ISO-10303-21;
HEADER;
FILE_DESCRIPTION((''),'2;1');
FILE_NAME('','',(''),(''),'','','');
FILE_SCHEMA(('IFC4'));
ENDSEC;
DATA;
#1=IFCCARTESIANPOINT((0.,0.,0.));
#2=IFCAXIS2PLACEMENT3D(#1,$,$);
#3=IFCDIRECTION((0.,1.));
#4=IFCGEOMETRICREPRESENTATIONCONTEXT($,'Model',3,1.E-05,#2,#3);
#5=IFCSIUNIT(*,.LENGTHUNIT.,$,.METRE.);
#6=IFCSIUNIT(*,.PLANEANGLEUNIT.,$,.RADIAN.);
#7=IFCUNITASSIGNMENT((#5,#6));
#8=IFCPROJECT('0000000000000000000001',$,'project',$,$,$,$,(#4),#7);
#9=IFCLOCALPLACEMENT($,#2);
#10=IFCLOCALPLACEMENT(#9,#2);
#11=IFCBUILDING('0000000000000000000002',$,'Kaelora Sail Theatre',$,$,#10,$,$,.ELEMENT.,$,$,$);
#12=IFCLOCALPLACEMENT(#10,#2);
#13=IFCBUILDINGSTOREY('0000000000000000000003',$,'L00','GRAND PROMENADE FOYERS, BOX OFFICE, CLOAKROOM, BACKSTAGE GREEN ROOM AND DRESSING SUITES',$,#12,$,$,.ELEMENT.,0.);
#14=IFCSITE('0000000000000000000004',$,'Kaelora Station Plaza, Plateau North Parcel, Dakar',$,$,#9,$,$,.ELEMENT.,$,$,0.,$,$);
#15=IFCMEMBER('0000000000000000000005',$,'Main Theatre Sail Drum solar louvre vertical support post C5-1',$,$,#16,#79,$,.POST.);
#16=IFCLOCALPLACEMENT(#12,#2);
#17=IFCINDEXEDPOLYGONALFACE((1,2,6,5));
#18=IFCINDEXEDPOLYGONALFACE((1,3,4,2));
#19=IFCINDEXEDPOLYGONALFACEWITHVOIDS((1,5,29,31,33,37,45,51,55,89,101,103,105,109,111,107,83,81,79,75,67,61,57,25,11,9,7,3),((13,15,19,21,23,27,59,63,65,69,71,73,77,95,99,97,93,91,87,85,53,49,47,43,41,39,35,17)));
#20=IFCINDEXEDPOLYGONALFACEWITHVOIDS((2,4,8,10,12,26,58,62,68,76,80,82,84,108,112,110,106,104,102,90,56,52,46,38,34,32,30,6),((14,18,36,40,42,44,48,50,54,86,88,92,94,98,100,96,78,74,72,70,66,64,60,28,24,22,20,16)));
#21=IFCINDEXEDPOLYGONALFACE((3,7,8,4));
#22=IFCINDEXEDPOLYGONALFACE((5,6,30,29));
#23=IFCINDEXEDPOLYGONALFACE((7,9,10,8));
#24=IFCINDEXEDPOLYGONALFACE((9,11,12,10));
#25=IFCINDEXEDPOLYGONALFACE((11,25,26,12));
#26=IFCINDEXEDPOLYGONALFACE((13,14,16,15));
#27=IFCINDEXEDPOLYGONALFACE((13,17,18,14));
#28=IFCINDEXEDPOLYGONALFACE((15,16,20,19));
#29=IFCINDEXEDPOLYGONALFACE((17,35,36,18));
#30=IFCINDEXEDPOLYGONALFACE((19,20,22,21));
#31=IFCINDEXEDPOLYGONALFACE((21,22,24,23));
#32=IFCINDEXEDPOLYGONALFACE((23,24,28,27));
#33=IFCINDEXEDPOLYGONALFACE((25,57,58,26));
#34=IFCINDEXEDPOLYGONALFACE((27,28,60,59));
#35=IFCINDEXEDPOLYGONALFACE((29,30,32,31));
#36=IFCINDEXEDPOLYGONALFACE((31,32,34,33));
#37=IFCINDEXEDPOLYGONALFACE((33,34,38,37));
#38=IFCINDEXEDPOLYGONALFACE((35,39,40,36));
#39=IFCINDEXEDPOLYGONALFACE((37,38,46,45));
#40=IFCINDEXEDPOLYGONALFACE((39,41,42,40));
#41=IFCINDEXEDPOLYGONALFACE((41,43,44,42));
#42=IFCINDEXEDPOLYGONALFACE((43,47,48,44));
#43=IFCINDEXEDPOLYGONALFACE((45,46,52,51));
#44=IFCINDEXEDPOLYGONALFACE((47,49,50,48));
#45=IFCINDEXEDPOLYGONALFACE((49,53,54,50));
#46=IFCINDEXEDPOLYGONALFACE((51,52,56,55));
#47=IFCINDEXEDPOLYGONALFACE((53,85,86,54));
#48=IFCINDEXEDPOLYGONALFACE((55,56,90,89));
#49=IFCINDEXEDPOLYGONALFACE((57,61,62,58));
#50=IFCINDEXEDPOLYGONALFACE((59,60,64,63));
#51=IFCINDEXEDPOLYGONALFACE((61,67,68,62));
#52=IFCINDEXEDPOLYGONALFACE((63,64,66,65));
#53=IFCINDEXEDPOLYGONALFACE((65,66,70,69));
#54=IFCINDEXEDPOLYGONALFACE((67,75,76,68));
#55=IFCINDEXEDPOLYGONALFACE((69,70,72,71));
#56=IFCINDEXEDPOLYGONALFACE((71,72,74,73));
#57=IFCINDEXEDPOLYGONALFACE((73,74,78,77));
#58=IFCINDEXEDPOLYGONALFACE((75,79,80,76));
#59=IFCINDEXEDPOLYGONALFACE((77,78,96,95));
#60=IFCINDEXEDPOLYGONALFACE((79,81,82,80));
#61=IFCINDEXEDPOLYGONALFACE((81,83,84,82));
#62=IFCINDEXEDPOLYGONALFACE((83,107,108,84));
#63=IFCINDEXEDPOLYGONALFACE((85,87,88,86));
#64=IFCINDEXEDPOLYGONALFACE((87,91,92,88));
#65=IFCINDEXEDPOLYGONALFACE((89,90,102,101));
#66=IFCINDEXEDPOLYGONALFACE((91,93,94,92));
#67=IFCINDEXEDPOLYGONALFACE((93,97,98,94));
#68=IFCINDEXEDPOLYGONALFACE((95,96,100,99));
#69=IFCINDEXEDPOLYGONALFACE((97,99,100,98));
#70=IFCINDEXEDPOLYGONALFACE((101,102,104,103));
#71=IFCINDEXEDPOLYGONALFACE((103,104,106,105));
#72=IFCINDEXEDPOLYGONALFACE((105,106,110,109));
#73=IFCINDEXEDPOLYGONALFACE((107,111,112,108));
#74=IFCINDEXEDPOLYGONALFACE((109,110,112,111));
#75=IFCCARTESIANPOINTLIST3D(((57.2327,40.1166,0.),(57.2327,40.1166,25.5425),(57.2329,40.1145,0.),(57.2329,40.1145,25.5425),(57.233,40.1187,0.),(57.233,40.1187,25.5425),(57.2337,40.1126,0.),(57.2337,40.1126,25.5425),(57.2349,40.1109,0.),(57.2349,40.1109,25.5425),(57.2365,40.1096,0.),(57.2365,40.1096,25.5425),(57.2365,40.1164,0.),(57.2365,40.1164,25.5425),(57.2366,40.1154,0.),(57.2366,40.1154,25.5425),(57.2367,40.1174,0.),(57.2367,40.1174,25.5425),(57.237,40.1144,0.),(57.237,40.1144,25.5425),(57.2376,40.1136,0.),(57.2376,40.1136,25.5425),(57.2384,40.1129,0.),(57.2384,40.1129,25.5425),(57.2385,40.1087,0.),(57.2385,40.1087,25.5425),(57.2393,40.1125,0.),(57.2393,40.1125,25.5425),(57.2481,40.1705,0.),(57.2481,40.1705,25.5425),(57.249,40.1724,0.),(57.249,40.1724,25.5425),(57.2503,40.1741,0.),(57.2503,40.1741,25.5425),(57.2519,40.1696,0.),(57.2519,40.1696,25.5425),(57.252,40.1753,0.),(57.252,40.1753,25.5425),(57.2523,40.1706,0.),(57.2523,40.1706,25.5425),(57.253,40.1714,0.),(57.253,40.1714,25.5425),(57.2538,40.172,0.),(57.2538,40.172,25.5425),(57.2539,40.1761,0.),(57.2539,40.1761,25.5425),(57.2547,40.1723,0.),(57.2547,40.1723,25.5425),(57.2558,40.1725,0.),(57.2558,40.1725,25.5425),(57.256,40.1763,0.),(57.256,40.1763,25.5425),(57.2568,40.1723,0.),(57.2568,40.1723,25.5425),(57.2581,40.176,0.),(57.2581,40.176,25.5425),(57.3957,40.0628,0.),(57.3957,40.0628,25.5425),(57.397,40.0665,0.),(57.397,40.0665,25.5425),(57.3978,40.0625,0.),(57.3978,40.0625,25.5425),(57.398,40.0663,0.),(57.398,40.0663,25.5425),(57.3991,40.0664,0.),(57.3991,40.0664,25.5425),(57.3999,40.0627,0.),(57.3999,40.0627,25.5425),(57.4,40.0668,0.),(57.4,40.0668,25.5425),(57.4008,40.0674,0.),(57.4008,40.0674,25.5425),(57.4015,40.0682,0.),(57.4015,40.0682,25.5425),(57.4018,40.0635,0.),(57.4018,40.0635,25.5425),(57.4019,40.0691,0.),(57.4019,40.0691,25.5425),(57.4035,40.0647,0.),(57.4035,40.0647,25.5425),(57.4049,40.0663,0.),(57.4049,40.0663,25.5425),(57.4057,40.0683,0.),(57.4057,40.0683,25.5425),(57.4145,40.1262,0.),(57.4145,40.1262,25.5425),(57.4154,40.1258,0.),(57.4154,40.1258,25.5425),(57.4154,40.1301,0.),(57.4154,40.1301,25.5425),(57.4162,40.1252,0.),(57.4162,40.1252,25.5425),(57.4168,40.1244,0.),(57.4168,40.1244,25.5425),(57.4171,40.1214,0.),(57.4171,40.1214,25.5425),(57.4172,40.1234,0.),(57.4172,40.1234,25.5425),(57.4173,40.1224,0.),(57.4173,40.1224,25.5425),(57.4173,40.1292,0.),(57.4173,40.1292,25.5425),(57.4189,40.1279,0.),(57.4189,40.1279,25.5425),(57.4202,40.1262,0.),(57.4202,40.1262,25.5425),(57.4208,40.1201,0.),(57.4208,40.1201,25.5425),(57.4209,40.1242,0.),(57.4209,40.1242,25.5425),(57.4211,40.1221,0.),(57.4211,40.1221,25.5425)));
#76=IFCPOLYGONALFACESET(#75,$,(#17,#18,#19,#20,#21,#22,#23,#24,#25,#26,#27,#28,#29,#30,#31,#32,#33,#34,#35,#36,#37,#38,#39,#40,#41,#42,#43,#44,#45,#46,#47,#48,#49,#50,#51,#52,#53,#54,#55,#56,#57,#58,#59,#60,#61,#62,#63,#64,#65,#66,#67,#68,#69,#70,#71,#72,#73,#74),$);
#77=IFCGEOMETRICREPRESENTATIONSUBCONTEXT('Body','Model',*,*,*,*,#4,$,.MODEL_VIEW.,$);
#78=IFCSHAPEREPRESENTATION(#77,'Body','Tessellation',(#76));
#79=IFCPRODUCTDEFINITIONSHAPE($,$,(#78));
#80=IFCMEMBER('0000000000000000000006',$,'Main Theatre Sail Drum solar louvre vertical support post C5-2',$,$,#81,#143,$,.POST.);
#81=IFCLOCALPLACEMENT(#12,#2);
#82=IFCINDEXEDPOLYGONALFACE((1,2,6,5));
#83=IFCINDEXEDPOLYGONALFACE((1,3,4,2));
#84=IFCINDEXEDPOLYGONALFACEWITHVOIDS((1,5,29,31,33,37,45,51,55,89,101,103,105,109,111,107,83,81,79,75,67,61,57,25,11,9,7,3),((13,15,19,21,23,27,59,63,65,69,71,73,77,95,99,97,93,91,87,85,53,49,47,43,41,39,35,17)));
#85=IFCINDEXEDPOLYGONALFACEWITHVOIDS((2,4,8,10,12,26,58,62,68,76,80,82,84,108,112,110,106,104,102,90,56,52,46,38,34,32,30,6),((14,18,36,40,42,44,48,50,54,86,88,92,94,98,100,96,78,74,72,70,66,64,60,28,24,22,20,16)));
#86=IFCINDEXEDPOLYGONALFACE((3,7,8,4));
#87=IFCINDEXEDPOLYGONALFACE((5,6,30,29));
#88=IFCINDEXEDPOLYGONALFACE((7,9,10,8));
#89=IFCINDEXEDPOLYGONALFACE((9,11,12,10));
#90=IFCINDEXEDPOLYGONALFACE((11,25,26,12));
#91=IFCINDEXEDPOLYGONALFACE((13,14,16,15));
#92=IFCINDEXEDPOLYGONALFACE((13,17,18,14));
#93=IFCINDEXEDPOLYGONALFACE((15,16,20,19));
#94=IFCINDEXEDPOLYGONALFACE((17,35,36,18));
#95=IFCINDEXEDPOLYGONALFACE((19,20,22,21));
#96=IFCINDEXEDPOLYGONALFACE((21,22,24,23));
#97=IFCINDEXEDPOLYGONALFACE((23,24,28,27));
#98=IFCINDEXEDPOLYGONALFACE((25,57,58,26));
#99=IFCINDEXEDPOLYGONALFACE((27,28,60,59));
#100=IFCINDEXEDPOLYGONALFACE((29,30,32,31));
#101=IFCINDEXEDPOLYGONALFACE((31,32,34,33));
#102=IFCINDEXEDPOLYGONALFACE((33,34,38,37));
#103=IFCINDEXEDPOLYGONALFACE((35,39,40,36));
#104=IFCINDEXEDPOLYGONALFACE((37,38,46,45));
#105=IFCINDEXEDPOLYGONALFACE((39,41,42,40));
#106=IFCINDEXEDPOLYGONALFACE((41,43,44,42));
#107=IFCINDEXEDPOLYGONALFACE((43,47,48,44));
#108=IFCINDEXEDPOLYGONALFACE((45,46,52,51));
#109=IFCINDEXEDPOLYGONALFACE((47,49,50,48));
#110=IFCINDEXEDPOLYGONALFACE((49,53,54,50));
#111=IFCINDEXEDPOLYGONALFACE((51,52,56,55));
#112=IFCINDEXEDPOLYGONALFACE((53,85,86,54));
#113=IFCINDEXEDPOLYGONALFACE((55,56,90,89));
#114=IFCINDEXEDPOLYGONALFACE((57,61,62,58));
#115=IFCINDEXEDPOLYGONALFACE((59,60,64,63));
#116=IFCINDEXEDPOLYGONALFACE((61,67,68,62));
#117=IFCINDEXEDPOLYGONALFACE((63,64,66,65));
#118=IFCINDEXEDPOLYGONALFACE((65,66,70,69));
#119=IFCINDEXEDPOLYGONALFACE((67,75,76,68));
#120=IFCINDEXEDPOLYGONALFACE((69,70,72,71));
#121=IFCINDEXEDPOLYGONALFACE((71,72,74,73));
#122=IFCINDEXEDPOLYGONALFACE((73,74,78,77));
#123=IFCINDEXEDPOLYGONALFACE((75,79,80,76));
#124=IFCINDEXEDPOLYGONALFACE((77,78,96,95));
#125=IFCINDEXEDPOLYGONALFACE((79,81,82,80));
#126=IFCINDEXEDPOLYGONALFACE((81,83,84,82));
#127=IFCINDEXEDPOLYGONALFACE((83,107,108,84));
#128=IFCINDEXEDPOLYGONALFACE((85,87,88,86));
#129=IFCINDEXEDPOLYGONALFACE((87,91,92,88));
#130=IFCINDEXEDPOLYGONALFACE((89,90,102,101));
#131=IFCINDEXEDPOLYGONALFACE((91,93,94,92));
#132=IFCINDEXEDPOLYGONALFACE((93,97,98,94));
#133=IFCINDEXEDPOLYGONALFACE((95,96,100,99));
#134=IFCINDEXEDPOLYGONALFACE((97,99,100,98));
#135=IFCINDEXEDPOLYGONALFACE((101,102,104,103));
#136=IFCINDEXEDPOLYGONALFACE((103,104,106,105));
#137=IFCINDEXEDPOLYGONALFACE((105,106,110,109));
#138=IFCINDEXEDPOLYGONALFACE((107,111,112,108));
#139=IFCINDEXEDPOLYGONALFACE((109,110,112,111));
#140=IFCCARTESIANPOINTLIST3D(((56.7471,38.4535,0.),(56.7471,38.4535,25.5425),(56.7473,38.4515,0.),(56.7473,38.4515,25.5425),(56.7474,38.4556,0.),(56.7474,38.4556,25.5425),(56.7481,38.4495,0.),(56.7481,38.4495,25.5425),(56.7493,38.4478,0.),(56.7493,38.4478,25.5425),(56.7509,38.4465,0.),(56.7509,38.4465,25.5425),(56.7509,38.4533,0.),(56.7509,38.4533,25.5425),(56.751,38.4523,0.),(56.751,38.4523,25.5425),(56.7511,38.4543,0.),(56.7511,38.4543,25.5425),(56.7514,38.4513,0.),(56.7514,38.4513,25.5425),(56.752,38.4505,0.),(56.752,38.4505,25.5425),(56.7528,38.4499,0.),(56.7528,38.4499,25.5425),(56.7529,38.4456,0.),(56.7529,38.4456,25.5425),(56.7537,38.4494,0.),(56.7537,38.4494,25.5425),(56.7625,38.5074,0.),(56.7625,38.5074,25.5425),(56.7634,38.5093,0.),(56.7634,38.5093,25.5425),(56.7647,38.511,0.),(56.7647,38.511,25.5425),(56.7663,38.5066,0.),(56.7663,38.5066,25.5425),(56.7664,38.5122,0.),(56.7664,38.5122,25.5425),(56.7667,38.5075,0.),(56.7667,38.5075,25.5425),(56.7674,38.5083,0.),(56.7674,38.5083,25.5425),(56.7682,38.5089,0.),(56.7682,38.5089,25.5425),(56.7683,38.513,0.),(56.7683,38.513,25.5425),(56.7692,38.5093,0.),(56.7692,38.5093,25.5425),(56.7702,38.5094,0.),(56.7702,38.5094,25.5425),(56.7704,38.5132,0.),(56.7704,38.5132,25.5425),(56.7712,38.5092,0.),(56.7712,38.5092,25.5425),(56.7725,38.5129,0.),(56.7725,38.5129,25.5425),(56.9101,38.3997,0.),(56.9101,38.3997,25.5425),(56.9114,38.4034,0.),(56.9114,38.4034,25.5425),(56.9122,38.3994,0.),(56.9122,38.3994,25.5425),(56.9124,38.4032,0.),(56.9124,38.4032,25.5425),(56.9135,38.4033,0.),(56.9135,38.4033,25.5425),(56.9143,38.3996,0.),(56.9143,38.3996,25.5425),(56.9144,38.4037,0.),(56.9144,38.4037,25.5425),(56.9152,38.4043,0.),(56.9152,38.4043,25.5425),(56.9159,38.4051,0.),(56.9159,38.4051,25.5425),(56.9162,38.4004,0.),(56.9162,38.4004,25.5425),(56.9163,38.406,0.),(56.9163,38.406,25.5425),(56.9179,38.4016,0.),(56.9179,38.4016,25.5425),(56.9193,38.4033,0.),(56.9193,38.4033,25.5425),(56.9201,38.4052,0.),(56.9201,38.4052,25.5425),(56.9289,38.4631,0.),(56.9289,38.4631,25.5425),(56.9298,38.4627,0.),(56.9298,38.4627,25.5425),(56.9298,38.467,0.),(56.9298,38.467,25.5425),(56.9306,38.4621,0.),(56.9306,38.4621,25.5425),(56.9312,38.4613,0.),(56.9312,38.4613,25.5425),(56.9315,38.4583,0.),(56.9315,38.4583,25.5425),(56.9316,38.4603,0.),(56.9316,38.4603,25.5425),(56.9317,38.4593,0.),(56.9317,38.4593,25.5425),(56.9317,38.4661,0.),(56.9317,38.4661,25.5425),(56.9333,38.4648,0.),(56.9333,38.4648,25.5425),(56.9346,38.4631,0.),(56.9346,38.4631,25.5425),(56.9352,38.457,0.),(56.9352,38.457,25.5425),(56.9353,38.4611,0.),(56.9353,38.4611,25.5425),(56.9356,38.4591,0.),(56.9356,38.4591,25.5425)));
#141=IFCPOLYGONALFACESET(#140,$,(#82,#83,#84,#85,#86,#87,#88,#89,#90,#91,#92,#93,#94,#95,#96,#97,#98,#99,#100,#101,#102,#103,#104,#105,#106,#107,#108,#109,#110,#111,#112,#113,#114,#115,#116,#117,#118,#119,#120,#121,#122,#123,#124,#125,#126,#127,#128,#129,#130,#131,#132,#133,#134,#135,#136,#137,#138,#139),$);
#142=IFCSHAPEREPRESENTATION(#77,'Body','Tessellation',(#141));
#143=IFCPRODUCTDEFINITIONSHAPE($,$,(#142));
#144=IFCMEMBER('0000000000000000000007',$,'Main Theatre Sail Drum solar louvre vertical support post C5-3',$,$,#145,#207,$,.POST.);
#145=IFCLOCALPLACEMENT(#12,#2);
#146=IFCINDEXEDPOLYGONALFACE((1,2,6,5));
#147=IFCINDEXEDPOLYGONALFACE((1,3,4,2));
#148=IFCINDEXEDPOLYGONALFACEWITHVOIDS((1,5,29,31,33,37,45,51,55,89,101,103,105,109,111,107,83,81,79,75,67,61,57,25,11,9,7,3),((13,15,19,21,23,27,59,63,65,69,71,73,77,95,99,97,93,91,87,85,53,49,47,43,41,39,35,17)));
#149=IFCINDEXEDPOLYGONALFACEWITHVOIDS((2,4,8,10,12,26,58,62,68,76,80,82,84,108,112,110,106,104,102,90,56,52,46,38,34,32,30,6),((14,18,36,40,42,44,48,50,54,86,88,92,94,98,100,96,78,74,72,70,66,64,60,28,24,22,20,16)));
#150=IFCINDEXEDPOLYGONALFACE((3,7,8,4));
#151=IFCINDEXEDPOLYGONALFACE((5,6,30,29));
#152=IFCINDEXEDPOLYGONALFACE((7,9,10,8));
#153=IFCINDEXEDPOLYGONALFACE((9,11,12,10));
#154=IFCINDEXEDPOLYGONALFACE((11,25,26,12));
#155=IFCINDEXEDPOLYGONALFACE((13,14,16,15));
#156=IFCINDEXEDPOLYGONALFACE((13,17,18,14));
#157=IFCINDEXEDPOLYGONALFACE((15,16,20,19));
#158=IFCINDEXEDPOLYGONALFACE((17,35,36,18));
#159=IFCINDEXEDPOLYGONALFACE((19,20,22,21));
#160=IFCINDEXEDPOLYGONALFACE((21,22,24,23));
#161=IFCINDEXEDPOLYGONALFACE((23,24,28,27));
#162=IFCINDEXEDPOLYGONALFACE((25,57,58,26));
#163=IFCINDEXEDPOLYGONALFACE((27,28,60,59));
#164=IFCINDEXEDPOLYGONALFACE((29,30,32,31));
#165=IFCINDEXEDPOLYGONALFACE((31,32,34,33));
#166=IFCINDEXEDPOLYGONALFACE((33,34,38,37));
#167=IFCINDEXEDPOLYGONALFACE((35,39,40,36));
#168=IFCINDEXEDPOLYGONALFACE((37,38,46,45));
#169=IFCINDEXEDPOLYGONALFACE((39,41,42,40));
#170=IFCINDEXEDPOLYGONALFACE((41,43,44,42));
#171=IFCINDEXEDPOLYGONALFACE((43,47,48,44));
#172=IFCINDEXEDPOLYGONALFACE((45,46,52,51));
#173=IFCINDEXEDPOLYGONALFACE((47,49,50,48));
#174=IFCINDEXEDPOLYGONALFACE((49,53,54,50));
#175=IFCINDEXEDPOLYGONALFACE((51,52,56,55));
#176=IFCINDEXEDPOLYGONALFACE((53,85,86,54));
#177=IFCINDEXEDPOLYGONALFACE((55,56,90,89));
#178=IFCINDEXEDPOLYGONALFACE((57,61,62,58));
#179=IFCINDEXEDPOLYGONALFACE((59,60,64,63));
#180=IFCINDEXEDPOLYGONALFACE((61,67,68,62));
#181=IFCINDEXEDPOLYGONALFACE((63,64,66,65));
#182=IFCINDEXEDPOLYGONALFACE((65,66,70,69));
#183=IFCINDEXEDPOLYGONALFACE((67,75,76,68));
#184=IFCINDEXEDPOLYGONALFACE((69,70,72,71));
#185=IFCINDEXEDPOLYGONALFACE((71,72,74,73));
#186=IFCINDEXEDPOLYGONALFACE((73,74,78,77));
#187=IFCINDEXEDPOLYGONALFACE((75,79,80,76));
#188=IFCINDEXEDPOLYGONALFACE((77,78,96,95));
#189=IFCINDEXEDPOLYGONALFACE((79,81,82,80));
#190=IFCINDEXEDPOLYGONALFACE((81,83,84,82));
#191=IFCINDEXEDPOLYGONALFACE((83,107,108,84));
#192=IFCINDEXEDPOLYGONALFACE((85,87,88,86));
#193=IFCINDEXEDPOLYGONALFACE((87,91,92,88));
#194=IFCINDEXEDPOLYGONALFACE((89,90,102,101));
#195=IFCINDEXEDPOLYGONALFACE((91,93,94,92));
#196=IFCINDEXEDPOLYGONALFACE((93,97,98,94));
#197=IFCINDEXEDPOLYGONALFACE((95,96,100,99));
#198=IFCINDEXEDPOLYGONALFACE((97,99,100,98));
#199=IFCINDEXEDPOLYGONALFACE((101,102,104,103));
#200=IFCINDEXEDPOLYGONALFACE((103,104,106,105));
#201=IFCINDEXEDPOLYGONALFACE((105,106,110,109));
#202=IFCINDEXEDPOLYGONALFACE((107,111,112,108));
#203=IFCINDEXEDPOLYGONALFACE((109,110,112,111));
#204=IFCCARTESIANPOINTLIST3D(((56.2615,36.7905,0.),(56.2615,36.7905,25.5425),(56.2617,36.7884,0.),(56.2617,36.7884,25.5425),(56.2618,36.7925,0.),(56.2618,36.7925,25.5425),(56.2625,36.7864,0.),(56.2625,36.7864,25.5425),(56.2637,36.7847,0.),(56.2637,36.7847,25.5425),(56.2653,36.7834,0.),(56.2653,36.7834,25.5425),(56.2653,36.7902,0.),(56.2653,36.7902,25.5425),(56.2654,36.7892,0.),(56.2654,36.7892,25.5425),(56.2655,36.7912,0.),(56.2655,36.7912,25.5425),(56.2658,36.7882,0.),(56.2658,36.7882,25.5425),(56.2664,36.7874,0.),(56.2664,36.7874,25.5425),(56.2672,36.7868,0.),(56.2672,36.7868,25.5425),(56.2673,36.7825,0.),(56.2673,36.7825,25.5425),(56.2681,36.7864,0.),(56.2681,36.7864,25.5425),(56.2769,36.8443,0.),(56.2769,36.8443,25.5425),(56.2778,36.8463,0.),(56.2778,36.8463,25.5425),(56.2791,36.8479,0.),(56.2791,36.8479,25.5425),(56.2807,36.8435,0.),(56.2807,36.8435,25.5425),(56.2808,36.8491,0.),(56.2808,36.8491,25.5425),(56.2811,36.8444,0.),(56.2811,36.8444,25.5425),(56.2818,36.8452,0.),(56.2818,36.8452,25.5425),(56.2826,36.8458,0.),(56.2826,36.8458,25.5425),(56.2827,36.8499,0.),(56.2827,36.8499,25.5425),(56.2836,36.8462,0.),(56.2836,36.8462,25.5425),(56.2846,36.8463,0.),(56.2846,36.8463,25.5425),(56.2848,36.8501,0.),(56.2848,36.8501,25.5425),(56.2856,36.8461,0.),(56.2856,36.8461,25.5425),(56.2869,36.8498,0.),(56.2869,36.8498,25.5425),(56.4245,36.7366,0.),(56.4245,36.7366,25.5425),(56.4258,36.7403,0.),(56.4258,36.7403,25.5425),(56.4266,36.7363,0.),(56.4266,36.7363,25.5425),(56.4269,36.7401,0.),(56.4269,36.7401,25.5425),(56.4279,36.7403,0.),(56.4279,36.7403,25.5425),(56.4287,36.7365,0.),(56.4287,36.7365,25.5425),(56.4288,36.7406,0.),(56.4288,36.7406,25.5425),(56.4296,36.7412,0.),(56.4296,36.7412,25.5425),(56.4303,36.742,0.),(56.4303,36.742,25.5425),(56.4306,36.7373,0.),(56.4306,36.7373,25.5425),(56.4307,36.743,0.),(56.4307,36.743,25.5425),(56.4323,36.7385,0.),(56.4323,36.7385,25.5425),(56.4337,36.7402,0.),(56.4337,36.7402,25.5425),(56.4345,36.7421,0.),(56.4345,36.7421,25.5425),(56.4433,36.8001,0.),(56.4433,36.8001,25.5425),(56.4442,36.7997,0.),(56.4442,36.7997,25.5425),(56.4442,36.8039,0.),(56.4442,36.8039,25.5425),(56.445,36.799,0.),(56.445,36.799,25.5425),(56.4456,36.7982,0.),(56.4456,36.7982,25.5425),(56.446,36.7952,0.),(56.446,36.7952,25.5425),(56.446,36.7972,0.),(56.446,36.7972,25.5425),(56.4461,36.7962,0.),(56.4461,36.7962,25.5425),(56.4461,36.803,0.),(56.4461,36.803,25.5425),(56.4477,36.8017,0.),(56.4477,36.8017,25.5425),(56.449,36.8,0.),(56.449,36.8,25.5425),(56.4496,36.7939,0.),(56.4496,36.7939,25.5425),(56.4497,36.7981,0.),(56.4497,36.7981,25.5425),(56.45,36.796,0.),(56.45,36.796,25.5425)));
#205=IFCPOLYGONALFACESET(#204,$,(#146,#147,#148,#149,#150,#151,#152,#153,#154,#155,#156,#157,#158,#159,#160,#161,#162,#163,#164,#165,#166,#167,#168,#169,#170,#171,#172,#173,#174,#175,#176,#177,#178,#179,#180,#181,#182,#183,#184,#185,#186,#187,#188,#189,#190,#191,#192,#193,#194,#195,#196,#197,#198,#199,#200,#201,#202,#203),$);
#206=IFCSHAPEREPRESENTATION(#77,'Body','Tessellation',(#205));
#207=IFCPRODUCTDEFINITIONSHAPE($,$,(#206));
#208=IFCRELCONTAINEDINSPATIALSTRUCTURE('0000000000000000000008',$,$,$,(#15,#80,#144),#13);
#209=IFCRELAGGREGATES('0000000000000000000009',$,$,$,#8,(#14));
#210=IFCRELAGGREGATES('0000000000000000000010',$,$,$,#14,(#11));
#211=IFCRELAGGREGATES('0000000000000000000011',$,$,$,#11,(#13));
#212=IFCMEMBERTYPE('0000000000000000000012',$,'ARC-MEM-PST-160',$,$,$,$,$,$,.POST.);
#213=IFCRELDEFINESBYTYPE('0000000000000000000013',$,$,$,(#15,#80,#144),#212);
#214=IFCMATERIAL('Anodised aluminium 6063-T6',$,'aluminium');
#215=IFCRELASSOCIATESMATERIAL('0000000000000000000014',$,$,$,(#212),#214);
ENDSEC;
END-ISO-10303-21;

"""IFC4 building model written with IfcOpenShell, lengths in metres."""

from ifc_helpers import new_model, si_unit, direction, frame, origin, origin_2d, place, context, subcontext, project, spatial, hollow_rectangle, extrude, material, material_profile, profile_set, type_object, element, save


model = new_model("IFC4")

# Units and contexts
model_context = context("Model", 3, precision=1e-05, world=origin(), true_north=direction((0.0, 1.0)))
body_context = subcontext(model_context, "Body", "Model", "MODEL_VIEW")
ifc_project = project(units=[si_unit("LENGTHUNIT", "METRE"), si_unit("PLANEANGLEUNIT", "RADIAN")], contexts=[model_context])

# Site, building, storey
site_placement = place(None, origin())
site = spatial("IfcSite", under=ifc_project, at=site_placement, Name="Kaelora Station Plaza, Plateau North Parcel, Dakar", CompositionType="ELEMENT", RefElevation=0.0)
building_placement = place(site_placement, origin())
building = spatial("IfcBuilding", under=site, at=building_placement, Name="Kaelora Sail Theatre", CompositionType="ELEMENT")
storey_placement = place(building_placement, origin())
storey = spatial("IfcBuildingStorey", under=building, at=storey_placement, Name="L00", Description="GRAND PROMENADE FOYERS, BOX OFFICE, CLOAKROOM, BACKSTAGE GREEN ROOM AND DRESSING SUITES", CompositionType="ELEMENT", Elevation=0.0)

# Members
ifc_material_1 = material(Name="Anodised aluminium 6063-T6", Category="aluminium")
ifc_material_profile_1 = material_profile(ifc_material_1, hollow_rectangle(XDim=0.0701, YDim=0.1799, WallThickness=0.0039, InnerFilletRadius=0.0039, OuterFilletRadius=0.0081, at=origin_2d()), Name="ALU-MULL 70x180x4")
ifc_profile_set_1 = profile_set([ifc_material_profile_1], Name="Anodised aluminium 6063-T6")
member_type_1 = type_object("IfcMemberType", Name="ARC-MEM-PST-160", PredefinedType="POST", material=ifc_profile_set_1)
for number, where, z_axis, x_axis, name in (
    (1, (57.3269, 40.1194, 0.0), (0.0, 0.0, 1.0), (-0.280332, -0.959903, 0.0), "Main Theatre Sail Drum solar louvre vertical support post C5-1"),
    (2, (56.8413, 38.4563, 0.0), (0.0, 0.0, 1.0), (-0.280332, -0.959903, 0.0), "Main Theatre Sail Drum solar louvre vertical support post C5-2"),
    (3, (56.3557, 36.7932, 0.0), (0.0, 0.0, 1.0), (-0.280332, -0.959903, 0.0), "Main Theatre Sail Drum solar louvre vertical support post C5-3"),
):
    element("IfcMember", number, at=place(storey_placement, frame(where, z_axis=z_axis, x_axis=x_axis)), inside=storey, type_object=member_type_1, Name=name, PredefinedType="POST", context=body_context, shape_type="SweptSolid", body=[
        extrude(hollow_rectangle(XDim=0.0701, YDim=0.1799, WallThickness=0.0039, InnerFilletRadius=0.0039, OuterFilletRadius=0.0081, at=origin_2d()), origin(), (0.0, 0.0, 1.0), 25.5425),
    ])

save(model, "model.ifc")
